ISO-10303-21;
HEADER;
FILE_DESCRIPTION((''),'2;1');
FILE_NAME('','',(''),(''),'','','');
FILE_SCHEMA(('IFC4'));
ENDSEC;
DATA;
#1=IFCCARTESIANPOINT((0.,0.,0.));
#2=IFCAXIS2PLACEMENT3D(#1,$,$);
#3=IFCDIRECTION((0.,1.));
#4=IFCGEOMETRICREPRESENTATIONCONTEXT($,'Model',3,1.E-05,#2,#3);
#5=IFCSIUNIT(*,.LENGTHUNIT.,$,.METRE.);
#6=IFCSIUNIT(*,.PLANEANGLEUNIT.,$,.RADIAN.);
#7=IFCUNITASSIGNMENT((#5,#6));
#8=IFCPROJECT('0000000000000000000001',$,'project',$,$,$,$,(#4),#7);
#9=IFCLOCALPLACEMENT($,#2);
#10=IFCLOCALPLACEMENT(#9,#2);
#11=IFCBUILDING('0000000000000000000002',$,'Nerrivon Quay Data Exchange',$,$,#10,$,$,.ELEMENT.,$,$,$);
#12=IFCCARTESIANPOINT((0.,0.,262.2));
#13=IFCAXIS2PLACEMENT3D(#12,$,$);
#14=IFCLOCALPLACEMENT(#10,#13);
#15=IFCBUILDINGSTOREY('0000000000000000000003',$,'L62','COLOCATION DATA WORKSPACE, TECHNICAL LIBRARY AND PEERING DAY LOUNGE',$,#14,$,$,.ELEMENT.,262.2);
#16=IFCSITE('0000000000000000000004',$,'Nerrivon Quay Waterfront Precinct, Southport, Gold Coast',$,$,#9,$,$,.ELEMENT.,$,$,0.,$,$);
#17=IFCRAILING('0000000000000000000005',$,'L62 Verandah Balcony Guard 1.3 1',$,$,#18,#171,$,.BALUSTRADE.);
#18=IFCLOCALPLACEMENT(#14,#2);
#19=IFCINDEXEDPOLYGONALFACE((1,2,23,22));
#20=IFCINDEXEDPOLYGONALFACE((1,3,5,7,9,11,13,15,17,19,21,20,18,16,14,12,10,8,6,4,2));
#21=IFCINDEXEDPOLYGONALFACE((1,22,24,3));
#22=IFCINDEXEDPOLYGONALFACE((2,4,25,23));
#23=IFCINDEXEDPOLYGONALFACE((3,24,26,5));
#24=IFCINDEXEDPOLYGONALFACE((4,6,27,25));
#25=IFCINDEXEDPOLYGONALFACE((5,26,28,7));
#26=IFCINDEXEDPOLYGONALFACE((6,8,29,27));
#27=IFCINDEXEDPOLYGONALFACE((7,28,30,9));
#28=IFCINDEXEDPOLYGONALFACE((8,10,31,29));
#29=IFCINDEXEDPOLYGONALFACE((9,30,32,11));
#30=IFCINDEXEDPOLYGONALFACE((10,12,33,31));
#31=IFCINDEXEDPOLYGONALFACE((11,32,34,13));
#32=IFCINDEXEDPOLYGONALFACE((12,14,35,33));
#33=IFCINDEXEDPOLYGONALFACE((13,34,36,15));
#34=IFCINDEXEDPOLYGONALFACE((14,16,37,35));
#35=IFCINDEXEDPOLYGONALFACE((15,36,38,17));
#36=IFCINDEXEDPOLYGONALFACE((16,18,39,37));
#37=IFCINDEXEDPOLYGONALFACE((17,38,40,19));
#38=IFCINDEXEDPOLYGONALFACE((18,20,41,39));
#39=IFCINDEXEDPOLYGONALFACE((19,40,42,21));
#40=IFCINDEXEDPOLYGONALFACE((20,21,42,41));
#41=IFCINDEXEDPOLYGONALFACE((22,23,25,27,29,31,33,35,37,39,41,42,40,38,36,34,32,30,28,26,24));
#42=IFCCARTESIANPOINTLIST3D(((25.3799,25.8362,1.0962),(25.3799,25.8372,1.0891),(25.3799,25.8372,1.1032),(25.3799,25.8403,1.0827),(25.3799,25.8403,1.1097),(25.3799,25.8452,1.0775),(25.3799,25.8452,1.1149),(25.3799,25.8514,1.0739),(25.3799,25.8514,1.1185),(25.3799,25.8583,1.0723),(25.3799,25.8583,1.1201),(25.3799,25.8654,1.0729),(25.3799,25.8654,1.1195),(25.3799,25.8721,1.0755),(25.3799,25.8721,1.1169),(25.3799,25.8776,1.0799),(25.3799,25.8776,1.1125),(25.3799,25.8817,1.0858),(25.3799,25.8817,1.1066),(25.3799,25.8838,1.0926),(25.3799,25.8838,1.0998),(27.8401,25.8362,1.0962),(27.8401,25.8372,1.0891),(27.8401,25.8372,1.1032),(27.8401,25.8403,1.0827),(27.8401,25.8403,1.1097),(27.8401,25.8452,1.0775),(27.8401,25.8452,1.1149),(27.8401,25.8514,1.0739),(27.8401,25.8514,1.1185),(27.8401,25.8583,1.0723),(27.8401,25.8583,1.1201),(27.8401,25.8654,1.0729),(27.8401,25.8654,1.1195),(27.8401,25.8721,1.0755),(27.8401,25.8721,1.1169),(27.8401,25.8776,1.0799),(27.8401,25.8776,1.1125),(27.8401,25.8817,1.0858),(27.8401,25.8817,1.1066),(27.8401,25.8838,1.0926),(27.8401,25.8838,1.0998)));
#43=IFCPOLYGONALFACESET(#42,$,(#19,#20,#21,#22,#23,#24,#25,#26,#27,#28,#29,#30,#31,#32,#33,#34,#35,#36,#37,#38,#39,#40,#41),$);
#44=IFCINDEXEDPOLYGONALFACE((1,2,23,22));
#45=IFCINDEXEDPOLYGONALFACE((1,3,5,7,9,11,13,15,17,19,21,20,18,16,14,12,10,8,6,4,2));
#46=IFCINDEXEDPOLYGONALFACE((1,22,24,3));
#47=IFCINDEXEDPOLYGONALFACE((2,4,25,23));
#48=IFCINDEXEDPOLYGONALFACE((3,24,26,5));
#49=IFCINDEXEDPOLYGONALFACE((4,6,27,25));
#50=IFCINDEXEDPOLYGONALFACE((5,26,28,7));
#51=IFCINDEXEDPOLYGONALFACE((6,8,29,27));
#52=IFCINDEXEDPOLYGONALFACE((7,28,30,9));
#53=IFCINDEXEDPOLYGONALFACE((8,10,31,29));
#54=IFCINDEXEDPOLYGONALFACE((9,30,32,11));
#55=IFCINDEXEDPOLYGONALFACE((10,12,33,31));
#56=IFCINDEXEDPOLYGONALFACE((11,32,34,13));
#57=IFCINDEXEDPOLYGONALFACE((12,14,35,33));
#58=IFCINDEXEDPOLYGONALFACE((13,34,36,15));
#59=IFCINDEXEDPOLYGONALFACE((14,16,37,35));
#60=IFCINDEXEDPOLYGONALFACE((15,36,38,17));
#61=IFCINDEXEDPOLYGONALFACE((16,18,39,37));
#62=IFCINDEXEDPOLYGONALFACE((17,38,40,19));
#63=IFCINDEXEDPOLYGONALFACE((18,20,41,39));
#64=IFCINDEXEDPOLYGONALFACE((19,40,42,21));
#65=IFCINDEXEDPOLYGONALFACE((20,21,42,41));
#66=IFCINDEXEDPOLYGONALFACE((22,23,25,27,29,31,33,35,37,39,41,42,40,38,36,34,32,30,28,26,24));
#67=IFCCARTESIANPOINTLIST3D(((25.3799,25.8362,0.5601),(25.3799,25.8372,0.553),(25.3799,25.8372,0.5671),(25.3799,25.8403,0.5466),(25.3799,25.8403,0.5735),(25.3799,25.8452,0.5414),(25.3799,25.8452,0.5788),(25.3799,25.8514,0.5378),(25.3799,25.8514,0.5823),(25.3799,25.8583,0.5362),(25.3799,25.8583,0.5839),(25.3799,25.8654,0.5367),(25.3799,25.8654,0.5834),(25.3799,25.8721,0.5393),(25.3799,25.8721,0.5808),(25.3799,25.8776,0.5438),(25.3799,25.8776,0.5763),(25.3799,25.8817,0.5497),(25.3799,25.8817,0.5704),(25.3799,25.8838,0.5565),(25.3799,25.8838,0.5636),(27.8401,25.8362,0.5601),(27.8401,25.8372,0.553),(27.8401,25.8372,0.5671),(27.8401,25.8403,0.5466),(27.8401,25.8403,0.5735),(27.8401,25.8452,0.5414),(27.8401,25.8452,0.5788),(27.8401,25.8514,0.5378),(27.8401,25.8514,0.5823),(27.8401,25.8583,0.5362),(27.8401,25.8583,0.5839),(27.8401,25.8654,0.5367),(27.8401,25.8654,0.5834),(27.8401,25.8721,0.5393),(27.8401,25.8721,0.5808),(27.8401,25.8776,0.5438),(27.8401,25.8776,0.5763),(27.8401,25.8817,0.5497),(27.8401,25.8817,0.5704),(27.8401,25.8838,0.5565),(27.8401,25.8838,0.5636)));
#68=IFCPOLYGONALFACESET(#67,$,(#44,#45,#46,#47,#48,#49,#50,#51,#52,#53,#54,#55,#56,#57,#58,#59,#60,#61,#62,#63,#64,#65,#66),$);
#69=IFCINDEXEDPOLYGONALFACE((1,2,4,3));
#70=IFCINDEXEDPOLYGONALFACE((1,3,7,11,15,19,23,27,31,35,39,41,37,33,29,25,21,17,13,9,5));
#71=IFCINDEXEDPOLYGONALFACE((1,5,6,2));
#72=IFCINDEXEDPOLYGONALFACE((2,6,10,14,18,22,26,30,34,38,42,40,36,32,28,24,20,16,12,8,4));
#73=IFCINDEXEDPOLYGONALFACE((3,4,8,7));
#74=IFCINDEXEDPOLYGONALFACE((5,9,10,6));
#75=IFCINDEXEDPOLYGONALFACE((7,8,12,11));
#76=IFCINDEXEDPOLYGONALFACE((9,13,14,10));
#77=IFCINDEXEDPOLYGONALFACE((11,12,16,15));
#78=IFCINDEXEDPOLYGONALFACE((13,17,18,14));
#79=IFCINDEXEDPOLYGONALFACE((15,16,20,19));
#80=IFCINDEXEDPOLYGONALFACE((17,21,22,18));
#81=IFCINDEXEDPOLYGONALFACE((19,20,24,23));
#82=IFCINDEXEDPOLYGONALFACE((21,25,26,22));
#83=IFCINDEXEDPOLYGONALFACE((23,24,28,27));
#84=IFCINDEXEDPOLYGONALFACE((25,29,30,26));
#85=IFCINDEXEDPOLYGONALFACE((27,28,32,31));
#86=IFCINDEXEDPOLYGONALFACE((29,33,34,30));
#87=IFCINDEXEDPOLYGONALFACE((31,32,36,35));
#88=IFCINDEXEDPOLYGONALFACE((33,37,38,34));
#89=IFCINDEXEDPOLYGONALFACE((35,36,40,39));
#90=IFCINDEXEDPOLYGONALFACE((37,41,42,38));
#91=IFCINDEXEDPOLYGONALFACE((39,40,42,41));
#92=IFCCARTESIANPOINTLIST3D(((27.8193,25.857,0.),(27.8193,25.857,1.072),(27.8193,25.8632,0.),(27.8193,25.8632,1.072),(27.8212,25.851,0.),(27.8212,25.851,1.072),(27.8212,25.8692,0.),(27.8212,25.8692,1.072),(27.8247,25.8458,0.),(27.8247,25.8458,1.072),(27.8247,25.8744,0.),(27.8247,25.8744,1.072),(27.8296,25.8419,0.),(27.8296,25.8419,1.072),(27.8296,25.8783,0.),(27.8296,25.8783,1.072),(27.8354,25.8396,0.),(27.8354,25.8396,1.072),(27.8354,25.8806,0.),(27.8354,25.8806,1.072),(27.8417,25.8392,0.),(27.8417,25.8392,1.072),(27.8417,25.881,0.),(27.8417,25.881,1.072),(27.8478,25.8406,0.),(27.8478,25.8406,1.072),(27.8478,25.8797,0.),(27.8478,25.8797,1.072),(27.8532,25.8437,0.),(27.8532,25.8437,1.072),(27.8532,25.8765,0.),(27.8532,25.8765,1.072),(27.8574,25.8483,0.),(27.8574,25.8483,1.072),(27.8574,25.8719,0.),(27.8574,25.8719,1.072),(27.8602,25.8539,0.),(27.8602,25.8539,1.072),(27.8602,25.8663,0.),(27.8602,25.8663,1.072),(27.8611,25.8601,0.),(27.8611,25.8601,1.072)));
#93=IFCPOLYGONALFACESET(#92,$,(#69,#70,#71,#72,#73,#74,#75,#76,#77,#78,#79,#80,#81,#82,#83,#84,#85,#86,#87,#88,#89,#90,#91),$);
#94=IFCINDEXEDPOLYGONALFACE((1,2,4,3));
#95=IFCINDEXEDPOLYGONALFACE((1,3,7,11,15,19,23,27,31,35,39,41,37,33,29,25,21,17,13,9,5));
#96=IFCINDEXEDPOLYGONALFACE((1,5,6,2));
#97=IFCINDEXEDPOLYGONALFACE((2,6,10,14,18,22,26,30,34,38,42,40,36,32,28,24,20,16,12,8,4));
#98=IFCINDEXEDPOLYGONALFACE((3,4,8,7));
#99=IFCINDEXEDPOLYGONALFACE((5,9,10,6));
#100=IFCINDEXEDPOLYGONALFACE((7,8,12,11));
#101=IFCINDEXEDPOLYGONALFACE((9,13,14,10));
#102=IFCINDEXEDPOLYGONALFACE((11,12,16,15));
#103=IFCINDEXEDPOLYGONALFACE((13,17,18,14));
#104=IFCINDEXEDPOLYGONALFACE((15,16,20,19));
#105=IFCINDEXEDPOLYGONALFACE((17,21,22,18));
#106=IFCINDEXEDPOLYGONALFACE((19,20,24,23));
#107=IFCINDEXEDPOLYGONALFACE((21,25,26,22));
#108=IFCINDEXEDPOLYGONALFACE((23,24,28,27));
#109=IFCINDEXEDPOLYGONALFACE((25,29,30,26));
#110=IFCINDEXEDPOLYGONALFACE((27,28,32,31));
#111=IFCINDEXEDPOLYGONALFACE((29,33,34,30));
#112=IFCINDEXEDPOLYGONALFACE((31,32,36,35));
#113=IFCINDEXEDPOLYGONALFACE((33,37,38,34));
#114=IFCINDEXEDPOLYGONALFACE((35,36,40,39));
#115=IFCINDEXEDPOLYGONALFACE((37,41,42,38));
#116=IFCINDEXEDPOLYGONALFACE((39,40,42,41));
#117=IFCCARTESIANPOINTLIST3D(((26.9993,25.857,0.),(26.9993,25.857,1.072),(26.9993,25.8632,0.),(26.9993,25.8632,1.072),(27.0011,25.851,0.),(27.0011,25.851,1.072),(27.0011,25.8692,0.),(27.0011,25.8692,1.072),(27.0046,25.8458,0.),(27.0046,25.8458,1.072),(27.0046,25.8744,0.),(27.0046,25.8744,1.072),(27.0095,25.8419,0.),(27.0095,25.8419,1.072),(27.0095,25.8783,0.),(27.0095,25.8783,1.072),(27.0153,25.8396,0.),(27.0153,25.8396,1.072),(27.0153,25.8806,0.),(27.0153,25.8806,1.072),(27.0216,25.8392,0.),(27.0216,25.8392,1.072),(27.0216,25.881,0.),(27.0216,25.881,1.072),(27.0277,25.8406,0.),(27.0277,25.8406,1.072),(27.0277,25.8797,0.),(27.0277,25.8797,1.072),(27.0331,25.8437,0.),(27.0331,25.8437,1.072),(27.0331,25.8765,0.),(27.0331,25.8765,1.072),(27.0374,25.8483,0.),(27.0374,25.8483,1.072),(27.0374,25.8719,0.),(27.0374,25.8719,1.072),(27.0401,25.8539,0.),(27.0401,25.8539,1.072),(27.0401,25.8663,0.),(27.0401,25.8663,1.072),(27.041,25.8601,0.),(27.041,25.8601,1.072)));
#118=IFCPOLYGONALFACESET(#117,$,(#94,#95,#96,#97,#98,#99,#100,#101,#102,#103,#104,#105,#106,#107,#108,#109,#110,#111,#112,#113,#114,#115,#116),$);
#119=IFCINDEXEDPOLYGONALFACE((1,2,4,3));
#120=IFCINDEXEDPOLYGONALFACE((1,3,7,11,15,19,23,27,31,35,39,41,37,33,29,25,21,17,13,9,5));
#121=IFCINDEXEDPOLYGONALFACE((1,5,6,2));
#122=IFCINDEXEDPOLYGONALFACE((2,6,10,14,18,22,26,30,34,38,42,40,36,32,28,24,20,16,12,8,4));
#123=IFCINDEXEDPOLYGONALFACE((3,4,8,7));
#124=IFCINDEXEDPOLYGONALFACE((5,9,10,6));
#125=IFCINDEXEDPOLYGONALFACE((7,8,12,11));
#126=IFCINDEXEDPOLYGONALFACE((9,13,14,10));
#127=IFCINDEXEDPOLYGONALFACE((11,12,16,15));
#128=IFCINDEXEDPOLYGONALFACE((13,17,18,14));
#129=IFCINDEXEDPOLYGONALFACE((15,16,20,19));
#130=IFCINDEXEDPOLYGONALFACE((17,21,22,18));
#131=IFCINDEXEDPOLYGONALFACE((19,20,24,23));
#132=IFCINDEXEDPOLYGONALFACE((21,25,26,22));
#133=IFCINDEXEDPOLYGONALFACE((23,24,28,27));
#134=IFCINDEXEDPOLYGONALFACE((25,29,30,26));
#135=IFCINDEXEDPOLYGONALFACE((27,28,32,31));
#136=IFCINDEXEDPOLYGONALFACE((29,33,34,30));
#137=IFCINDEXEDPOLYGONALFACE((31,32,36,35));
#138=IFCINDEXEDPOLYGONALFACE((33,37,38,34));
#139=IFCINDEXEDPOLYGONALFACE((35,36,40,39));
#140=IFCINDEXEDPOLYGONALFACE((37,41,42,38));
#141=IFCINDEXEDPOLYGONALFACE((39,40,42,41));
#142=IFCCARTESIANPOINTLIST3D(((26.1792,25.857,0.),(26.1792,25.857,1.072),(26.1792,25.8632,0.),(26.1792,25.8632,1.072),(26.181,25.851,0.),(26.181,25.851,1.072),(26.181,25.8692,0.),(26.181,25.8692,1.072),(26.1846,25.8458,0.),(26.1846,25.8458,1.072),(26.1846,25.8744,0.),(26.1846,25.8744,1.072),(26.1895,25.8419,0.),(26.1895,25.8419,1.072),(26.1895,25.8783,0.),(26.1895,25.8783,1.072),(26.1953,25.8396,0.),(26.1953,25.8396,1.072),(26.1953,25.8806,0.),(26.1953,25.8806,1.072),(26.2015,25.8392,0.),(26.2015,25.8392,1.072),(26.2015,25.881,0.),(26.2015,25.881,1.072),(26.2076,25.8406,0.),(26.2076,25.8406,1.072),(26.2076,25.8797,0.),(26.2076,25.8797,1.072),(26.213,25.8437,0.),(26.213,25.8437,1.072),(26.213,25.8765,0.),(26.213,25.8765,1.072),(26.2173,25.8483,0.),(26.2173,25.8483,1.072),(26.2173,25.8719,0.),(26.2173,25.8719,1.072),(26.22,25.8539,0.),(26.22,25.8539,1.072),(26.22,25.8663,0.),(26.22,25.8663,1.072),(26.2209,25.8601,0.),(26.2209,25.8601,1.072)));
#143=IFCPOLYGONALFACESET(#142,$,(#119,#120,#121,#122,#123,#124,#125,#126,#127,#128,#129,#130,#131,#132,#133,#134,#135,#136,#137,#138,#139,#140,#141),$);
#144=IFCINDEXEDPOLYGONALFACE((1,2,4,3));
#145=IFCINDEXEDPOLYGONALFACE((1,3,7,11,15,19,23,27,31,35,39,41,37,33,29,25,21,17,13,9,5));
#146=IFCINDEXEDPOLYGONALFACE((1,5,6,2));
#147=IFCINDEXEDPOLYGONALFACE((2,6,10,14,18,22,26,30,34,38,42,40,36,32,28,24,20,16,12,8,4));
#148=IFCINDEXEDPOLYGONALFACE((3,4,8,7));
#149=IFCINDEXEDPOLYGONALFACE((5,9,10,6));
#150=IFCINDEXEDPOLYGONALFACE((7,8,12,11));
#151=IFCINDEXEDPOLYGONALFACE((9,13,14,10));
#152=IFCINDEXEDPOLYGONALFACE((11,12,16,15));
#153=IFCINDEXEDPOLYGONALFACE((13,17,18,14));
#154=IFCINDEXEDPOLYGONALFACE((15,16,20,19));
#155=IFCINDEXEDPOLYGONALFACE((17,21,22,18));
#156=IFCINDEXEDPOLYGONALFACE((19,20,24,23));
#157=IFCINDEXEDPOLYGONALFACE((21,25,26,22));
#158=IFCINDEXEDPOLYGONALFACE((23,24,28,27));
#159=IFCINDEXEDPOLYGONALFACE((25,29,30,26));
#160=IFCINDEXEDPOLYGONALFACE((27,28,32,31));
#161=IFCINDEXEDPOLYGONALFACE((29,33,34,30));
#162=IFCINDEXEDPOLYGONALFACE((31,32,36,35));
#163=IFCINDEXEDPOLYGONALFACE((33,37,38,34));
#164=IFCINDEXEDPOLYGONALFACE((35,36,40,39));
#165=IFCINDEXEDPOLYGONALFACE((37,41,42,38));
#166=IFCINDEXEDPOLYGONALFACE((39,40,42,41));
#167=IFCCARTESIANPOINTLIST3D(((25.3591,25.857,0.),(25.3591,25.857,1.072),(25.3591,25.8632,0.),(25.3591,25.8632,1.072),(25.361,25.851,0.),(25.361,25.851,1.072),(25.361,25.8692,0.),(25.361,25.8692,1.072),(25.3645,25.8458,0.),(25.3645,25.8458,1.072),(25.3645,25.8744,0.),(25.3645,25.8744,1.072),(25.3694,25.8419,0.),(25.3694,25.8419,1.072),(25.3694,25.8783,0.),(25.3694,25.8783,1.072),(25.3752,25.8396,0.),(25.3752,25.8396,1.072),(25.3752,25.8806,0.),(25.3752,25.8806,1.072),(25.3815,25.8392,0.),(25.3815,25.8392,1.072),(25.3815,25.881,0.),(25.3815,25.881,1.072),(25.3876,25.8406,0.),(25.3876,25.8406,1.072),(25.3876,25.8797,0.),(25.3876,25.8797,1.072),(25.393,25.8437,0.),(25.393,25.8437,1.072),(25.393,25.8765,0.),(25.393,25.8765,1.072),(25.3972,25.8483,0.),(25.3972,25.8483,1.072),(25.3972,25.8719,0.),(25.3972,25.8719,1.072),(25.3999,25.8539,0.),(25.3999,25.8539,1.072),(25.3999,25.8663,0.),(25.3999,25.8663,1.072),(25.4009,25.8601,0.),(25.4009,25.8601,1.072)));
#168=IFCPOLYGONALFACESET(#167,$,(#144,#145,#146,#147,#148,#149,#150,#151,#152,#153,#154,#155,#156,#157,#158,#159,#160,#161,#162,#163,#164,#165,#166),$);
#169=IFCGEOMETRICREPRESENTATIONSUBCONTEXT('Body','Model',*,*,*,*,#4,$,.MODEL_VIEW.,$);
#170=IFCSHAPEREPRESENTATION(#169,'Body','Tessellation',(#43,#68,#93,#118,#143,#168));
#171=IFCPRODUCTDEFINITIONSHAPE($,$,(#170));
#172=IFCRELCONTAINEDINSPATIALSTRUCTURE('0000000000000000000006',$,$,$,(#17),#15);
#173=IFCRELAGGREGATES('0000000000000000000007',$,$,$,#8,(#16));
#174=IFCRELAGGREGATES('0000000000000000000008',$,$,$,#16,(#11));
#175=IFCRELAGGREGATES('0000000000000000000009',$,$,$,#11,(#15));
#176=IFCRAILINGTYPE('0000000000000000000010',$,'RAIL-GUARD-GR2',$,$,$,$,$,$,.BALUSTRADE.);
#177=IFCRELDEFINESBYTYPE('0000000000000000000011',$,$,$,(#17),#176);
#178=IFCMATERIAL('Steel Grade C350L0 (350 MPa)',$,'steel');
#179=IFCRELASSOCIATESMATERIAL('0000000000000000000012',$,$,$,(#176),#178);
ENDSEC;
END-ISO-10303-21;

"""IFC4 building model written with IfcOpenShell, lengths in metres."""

from ifc_helpers import new_model, si_unit, direction, frame, origin, origin_2d, place, context, subcontext, project, spatial, circle, extrude, material, type_object, element, save


model = new_model("IFC4")

# Units and contexts
model_context = context("Model", 3, precision=1e-05, world=origin(), true_north=direction((0.0, 1.0)))
body_context = subcontext(model_context, "Body", "Model", "MODEL_VIEW")
ifc_project = project(units=[si_unit("LENGTHUNIT", "METRE"), si_unit("PLANEANGLEUNIT", "RADIAN")], contexts=[model_context])

# Site, building, storey
site_placement = place(None, origin())
site = spatial("IfcSite", under=ifc_project, at=site_placement, Name="Nerrivon Quay Waterfront Precinct, Southport, Gold Coast", CompositionType="ELEMENT", RefElevation=0.0)
building_placement = place(site_placement, origin())
building = spatial("IfcBuilding", under=site, at=building_placement, Name="Nerrivon Quay Data Exchange", CompositionType="ELEMENT")
storey_placement = place(building_placement, frame((0.0, 0.0, 262.2)))
storey = spatial("IfcBuildingStorey", under=building, at=storey_placement, Name="L62", Description="COLOCATION DATA WORKSPACE, TECHNICAL LIBRARY AND PEERING DAY LOUNGE", CompositionType="ELEMENT", Elevation=262.2)

# Shared definitions
ifc_material_1 = material(Name="Steel Grade C350L0 (350 MPa)", Category="steel")

# Railing
railing_type = type_object("IfcRailingType", Name="RAIL-GUARD-GR2", PredefinedType="BALUSTRADE", material=ifc_material_1)
railing_1_placement = place(storey_placement, frame((27.8401, 25.8601, 0.0)))
element("IfcRailing", 1, at=railing_1_placement, inside=storey, type_object=railing_type, Name="L62 Verandah Balcony Guard 1.3 1", PredefinedType="BALUSTRADE", context=body_context, shape_type="SweptSolid", body=[
    extrude(circle(Radius=0.0239, at=origin_2d()), frame((0.0, 0.0, 1.0962), z_axis=(-1.0, 0.0, 0.0), x_axis=(0.0, -1.0, 0.0)), (0.0, 0.0, 1.0), 2.4602),
    extrude(circle(Radius=0.0239, at=origin_2d()), frame((0.0, 0.0, 0.5601), z_axis=(-1.0, 0.0, 0.0), x_axis=(0.0, -1.0, 0.0)), (0.0, 0.0, 1.0), 2.4602),
    extrude(circle(Radius=0.021, at=origin_2d()), origin(), (0.0, 0.0, 1.0), 1.072),
    extrude(circle(Radius=0.021, at=origin_2d()), frame((-0.8201, 0.0, 0.0)), (0.0, 0.0, 1.0), 1.072),
    extrude(circle(Radius=0.021, at=origin_2d()), frame((-1.6401, 0.0, 0.0)), (0.0, 0.0, 1.0), 1.072),
    extrude(circle(Radius=0.021, at=origin_2d()), frame((-2.4602, 0.0, 0.0)), (0.0, 0.0, 1.0), 1.072),
])

save(model, "model.ifc")
